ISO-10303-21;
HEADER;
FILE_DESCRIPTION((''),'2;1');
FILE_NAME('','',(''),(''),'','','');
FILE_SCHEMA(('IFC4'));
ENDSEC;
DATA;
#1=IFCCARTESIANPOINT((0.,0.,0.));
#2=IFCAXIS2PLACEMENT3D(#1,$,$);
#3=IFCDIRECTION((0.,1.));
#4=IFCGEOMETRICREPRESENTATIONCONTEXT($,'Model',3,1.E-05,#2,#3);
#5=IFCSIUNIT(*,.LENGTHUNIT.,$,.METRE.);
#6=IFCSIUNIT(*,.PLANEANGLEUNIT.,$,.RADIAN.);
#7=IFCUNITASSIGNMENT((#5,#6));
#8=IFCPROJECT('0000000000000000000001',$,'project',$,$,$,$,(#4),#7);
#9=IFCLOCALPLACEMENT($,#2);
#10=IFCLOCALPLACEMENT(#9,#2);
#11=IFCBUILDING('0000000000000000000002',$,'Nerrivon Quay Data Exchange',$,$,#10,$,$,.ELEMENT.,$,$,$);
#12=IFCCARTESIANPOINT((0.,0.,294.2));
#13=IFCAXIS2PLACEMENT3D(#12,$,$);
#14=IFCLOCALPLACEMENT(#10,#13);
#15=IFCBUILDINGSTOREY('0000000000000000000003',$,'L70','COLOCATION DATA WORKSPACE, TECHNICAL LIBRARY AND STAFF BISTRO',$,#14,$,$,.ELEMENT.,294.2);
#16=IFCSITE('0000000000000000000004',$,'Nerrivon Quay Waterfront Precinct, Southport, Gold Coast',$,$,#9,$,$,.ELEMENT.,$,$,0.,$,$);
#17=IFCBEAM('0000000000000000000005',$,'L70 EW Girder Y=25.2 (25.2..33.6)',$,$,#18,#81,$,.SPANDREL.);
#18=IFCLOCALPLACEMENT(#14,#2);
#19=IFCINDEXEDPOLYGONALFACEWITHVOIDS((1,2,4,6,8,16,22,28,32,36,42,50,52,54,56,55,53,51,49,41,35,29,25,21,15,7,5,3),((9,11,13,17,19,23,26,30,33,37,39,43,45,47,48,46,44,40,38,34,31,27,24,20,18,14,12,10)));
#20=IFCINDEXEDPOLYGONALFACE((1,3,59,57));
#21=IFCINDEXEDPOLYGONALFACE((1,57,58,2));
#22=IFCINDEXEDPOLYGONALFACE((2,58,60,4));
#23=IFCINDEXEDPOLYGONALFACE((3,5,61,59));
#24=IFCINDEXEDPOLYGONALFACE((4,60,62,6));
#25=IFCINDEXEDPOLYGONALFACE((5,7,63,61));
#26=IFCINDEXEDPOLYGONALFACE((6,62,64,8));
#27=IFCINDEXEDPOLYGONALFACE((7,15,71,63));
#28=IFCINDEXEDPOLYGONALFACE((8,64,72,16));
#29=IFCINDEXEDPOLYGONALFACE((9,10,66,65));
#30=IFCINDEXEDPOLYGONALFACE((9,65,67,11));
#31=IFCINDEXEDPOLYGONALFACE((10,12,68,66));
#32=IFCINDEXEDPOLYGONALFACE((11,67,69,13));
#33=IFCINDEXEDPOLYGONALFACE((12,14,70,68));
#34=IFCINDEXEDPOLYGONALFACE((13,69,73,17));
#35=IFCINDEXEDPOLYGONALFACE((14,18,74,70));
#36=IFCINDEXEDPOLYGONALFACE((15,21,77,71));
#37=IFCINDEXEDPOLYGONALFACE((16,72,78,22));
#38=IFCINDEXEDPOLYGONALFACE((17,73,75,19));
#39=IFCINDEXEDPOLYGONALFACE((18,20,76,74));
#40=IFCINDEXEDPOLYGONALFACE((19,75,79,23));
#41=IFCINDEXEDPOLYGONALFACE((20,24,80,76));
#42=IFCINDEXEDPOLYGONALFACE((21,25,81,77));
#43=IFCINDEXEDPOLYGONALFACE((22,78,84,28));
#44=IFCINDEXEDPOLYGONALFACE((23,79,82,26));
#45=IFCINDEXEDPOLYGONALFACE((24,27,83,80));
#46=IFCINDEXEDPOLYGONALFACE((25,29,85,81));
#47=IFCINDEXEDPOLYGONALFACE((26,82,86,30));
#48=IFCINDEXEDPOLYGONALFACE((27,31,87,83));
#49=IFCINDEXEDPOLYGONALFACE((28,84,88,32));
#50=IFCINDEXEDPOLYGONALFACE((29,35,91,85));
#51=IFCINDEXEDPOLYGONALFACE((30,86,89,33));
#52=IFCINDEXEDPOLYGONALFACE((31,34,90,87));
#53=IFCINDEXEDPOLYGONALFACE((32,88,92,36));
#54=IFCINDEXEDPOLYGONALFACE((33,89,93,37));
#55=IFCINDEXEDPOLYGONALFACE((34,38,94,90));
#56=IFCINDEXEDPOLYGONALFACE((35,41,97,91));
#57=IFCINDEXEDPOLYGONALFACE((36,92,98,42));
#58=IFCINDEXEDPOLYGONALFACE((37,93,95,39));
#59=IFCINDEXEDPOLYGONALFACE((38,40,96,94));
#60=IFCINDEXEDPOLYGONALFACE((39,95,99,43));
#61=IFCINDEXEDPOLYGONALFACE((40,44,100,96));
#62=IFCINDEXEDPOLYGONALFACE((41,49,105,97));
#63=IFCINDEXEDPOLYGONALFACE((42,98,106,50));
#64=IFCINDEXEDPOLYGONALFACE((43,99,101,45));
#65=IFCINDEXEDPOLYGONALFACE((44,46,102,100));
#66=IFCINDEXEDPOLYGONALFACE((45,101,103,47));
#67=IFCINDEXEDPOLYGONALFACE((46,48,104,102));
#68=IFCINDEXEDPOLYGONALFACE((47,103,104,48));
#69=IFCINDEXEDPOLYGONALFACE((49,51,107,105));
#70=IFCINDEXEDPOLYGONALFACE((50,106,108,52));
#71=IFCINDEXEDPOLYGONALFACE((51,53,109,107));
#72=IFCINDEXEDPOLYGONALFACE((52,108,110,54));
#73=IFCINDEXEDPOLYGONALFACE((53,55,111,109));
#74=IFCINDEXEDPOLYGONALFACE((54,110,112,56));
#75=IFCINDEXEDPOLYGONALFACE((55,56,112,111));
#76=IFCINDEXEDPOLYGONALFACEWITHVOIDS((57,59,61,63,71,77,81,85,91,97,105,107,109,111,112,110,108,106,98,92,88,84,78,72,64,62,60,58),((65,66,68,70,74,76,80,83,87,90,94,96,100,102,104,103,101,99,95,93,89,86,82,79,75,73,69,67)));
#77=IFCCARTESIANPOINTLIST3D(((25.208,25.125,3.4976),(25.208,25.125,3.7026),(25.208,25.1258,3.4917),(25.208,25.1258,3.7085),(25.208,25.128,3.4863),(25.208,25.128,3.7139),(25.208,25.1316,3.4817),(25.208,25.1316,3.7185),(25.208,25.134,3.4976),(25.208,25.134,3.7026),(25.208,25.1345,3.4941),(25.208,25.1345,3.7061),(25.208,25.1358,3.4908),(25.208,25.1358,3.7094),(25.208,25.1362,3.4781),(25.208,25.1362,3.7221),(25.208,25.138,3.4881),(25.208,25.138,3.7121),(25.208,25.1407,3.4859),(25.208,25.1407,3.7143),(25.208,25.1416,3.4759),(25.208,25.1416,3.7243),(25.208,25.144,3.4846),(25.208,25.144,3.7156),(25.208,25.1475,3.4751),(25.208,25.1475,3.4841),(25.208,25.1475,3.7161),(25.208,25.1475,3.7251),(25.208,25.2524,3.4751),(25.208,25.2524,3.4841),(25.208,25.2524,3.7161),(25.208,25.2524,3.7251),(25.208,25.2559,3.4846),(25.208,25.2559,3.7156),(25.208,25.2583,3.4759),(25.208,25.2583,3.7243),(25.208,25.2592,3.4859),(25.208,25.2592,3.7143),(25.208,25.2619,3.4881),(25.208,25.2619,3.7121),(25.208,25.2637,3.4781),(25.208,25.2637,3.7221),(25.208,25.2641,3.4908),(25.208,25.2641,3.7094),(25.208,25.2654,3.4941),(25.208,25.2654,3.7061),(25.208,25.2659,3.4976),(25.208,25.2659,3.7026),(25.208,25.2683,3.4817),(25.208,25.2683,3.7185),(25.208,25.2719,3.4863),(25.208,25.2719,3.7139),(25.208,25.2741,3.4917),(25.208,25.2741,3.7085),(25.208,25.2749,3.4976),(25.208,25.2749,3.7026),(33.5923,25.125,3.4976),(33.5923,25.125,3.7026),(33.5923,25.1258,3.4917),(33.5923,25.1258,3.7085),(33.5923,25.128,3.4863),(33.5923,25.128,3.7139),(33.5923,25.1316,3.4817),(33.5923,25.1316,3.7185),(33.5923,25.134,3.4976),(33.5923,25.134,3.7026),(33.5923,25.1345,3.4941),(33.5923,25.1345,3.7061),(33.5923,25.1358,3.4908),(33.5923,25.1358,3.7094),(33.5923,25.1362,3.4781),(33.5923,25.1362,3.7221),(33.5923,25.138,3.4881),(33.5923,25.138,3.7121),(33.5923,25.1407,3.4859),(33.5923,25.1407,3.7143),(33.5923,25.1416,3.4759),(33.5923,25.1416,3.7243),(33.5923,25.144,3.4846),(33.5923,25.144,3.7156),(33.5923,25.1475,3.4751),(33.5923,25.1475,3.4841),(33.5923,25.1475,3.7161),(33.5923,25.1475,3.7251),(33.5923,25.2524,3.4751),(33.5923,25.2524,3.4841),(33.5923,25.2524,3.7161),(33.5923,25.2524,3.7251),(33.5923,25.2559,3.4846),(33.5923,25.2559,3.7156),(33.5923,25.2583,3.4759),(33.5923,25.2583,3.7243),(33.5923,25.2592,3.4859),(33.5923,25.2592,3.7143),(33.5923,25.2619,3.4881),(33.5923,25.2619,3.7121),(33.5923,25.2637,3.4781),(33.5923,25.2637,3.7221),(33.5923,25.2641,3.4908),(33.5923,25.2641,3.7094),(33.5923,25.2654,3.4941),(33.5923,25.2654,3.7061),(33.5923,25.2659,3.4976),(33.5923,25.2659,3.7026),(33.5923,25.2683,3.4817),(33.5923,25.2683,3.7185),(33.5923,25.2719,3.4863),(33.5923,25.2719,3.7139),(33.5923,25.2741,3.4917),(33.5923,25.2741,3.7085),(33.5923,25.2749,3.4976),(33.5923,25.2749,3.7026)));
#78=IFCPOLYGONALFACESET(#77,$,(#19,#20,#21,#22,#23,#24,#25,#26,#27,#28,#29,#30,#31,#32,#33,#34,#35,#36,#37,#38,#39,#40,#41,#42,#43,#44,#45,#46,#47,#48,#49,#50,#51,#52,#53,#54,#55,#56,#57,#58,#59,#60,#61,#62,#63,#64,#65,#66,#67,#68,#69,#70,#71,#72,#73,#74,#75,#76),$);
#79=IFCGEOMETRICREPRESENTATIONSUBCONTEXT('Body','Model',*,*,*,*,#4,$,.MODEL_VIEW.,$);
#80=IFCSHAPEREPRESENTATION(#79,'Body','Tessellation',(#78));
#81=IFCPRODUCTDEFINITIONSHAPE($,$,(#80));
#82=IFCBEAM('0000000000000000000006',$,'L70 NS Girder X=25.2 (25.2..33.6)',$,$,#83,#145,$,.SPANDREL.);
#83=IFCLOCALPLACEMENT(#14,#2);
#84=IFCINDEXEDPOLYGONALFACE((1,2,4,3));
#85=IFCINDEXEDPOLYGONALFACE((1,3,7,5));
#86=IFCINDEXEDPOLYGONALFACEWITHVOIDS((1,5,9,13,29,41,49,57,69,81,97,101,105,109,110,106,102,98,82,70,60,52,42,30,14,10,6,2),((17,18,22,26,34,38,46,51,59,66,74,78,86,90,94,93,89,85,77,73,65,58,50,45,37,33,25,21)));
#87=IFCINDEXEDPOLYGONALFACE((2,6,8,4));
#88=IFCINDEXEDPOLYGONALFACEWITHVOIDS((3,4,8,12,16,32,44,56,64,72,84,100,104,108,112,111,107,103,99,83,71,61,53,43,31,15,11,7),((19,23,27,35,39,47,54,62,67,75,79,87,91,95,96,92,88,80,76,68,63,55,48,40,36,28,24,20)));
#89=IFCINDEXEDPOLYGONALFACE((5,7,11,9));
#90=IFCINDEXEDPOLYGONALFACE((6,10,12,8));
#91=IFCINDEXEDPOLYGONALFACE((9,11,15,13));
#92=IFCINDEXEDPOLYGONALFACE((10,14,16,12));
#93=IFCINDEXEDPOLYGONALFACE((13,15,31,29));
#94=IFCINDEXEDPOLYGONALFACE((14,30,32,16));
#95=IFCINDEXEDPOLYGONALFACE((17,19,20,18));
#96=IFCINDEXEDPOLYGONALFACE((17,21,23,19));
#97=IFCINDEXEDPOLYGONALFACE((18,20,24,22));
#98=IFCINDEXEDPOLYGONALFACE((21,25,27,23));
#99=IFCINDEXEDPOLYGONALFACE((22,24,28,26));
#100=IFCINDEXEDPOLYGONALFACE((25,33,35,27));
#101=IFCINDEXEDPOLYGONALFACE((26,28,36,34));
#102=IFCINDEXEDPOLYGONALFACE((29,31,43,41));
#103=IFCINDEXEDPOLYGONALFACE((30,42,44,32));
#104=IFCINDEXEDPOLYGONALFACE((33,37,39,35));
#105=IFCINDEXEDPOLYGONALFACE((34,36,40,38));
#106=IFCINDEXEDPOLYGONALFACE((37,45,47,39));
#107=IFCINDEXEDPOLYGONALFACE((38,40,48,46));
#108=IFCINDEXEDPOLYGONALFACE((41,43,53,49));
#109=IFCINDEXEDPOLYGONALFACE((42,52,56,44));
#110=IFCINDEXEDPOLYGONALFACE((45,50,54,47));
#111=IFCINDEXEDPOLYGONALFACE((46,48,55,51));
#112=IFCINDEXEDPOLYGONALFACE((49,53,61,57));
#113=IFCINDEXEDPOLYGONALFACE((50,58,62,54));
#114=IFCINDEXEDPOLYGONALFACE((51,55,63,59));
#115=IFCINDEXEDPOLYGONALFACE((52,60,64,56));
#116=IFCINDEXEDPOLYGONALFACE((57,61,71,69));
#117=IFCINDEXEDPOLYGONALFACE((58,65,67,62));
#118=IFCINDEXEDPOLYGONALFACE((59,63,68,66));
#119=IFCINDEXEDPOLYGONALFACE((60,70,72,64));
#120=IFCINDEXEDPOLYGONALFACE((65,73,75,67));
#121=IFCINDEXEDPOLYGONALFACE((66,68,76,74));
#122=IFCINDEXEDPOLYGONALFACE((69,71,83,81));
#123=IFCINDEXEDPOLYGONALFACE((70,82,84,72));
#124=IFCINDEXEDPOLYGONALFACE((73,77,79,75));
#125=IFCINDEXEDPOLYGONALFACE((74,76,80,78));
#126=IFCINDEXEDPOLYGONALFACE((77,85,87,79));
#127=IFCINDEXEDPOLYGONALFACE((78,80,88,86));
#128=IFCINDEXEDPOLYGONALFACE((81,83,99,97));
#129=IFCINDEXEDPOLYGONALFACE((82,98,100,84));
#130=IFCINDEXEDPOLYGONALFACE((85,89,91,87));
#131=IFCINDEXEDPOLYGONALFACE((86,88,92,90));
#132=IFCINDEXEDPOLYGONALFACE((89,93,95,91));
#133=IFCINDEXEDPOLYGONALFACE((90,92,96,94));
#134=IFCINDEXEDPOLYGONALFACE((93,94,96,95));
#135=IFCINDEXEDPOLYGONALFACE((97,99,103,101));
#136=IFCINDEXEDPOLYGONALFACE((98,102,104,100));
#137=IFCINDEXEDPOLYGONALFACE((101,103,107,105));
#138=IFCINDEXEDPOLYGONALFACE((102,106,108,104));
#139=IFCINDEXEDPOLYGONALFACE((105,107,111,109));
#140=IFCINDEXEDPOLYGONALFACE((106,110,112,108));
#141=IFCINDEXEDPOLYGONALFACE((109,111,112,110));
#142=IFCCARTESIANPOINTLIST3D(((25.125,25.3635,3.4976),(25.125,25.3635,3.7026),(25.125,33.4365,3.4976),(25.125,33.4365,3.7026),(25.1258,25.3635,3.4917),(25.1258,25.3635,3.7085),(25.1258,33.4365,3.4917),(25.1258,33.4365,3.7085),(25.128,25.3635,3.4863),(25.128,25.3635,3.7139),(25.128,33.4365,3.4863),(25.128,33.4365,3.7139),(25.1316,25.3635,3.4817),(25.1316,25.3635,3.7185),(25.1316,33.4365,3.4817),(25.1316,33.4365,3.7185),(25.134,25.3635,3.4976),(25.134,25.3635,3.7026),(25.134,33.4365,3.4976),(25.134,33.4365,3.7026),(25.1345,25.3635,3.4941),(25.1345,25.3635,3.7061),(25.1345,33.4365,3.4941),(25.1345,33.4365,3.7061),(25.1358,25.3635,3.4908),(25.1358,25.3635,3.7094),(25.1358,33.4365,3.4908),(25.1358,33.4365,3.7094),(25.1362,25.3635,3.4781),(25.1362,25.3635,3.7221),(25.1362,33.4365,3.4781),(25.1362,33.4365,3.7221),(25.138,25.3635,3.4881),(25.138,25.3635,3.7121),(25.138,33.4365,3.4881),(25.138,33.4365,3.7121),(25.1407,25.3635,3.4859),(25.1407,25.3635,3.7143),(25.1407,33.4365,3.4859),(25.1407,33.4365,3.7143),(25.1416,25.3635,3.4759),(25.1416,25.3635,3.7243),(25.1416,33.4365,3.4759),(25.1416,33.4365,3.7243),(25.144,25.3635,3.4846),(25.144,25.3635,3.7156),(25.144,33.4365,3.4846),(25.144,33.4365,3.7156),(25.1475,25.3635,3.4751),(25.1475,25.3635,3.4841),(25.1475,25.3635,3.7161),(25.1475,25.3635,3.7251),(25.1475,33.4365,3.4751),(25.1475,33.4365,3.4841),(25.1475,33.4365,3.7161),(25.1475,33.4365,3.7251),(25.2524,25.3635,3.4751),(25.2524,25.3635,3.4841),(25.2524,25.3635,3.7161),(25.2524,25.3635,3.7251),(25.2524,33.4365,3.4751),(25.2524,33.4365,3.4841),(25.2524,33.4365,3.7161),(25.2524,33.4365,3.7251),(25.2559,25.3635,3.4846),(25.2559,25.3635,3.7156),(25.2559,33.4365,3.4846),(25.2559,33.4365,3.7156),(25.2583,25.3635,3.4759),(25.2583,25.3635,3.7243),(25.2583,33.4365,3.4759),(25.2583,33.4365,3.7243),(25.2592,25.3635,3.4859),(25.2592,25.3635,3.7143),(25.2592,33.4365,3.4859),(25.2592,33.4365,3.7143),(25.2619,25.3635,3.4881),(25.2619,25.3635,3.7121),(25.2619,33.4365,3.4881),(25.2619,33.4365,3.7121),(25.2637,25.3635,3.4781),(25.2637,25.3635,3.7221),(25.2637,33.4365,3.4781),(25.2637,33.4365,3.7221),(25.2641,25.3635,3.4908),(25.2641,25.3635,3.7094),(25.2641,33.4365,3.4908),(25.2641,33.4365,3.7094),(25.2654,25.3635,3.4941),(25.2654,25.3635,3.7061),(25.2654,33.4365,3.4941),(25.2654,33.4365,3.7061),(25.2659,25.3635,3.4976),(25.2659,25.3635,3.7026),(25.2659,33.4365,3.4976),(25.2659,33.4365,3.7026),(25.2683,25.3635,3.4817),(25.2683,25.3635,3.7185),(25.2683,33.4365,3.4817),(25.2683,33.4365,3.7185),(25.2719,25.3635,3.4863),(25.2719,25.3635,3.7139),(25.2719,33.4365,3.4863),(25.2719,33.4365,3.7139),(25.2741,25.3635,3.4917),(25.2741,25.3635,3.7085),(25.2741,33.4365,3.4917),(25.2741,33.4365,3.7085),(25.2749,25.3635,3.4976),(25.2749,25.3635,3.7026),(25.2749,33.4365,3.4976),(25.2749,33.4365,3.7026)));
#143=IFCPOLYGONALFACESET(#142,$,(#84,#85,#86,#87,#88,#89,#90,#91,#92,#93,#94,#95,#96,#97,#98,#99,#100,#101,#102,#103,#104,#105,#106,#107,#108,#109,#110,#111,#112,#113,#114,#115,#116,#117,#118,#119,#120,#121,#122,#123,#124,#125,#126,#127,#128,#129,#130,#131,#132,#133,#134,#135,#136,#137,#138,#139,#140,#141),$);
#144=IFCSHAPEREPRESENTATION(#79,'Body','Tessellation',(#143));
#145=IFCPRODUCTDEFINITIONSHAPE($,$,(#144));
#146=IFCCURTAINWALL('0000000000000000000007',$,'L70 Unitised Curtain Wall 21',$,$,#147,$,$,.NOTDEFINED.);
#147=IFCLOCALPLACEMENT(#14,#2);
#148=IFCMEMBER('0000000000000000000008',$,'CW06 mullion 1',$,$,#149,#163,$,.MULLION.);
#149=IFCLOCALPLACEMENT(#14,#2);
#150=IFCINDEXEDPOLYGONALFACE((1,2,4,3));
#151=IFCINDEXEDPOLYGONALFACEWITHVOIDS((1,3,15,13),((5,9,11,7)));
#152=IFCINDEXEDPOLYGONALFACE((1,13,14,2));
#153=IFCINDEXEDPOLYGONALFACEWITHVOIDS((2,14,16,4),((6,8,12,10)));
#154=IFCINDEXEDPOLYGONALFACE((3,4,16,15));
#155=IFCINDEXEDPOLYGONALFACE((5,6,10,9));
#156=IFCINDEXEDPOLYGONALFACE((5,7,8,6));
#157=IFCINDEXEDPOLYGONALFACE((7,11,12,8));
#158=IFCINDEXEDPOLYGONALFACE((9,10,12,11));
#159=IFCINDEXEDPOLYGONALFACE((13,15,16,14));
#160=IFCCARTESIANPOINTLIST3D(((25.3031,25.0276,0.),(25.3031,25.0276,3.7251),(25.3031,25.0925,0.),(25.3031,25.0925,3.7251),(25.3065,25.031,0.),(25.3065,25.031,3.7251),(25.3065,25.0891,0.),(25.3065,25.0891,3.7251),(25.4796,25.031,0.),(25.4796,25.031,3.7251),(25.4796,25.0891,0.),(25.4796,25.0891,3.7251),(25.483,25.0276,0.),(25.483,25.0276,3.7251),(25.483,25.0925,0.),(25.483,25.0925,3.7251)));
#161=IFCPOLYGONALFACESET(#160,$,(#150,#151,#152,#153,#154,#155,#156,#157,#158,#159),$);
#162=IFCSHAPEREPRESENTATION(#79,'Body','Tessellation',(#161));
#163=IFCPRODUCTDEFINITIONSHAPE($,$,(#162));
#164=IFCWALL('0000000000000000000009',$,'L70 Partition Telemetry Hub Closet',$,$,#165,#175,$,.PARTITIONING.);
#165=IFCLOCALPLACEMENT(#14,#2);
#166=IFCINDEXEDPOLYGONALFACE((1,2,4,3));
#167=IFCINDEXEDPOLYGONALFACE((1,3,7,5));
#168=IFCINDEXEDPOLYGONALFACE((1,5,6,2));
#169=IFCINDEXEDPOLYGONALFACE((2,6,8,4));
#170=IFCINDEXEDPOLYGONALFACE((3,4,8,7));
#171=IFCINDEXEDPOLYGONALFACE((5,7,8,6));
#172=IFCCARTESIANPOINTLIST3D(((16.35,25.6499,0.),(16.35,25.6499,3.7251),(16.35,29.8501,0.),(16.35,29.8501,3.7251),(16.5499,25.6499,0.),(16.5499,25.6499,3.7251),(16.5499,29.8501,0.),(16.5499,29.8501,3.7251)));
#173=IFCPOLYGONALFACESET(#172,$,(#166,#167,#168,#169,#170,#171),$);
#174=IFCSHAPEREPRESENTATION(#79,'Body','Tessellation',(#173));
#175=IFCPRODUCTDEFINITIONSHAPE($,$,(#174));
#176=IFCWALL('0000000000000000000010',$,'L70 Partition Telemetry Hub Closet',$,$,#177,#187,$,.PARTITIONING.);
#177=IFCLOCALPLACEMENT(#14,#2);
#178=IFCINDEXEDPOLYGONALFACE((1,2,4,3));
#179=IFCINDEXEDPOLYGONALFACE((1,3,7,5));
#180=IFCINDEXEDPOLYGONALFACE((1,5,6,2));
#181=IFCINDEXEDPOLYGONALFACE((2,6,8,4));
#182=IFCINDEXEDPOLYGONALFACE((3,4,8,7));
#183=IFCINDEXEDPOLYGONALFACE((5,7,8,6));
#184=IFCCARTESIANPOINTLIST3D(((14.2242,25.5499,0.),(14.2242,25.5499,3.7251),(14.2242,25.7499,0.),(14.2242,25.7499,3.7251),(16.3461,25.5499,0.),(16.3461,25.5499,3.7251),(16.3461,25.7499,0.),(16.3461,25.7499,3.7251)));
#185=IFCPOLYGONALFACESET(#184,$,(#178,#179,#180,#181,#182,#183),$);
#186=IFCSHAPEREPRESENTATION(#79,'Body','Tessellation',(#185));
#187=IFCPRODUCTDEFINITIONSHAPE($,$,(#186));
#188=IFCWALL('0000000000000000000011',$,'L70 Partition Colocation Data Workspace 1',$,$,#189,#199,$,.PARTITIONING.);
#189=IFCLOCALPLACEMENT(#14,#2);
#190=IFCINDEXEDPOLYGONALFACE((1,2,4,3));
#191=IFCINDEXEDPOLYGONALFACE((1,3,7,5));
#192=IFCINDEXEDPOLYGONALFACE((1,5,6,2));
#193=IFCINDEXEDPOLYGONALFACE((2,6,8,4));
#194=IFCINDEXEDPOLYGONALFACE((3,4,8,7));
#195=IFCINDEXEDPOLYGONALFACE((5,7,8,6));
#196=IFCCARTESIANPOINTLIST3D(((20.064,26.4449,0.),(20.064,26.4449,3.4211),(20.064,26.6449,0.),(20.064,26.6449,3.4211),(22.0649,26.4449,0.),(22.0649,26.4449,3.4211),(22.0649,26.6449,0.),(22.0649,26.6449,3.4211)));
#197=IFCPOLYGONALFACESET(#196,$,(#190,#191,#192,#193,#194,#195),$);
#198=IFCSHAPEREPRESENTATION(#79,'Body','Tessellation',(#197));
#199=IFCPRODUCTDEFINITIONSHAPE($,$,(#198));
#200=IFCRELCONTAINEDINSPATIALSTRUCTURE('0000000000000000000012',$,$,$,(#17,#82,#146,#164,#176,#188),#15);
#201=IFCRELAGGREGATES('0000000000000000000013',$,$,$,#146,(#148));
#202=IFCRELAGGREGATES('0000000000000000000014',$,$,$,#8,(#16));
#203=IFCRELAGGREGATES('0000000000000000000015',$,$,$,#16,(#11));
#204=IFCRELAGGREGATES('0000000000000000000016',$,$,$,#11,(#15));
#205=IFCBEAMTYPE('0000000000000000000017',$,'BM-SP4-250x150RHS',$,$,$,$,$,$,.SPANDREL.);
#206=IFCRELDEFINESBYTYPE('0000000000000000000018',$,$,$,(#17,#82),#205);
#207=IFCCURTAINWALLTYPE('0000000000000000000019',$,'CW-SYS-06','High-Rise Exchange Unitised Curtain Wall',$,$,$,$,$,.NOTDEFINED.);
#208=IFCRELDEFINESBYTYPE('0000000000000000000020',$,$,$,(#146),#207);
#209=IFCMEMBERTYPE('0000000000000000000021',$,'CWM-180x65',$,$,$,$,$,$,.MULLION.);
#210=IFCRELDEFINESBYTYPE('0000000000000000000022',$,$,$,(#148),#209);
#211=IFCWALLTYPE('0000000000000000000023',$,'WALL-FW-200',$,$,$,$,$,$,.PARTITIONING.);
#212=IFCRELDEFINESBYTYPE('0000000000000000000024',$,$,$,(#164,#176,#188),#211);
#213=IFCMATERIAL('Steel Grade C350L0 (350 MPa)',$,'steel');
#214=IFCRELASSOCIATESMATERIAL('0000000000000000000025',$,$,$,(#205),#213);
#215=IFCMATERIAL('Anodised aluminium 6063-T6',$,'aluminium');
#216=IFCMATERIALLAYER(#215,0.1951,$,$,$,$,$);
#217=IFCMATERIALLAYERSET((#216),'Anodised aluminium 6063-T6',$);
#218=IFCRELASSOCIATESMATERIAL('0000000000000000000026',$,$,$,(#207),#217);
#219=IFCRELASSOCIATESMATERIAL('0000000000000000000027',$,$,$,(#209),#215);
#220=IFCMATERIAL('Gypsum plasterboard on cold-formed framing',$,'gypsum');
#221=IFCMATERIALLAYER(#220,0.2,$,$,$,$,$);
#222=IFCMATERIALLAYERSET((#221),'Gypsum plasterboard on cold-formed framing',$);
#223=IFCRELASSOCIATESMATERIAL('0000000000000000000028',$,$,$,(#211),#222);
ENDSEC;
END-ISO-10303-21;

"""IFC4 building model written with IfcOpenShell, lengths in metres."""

from ifc_helpers import new_model, si_unit, direction, frame, frame_2d, origin, origin_2d, place, context, subcontext, project, spatial, rectangle, hollow_rectangle, extrude, material, layer, layer_set, material_profile, profile_set, type_object, element, aggregate, save


model = new_model("IFC4")

# Units and contexts
model_context = context("Model", 3, precision=1e-05, world=origin(), true_north=direction((0.0, 1.0)))
body_context = subcontext(model_context, "Body", "Model", "MODEL_VIEW")
ifc_project = project(units=[si_unit("LENGTHUNIT", "METRE"), si_unit("PLANEANGLEUNIT", "RADIAN")], contexts=[model_context])

# Site, building, storey
site_placement = place(None, origin())
site = spatial("IfcSite", under=ifc_project, at=site_placement, Name="Nerrivon Quay Waterfront Precinct, Southport, Gold Coast", CompositionType="ELEMENT", RefElevation=0.0)
building_placement = place(site_placement, origin())
building = spatial("IfcBuilding", under=site, at=building_placement, Name="Nerrivon Quay Data Exchange", CompositionType="ELEMENT")
storey_placement = place(building_placement, frame((0.0, 0.0, 294.2)))
storey = spatial("IfcBuildingStorey", under=building, at=storey_placement, Name="L70", Description="COLOCATION DATA WORKSPACE, TECHNICAL LIBRARY AND STAFF BISTRO", CompositionType="ELEMENT", Elevation=294.2)

# Beams
ifc_material_1 = material(Name="Steel Grade C350L0 (350 MPa)", Category="steel")
ifc_material_profile_1 = material_profile(ifc_material_1, hollow_rectangle(XDim=0.1499, YDim=0.25, WallThickness=0.009, InnerFilletRadius=0.0134, OuterFilletRadius=0.0225, at=origin_2d()), Name="250x150x9.0RHS")
ifc_profile_set_1 = profile_set([ifc_material_profile_1], Name="Steel Grade C350L0 (350 MPa)")
beam_type_1 = type_object("IfcBeamType", Name="BM-SP4-250x150RHS", PredefinedType="SPANDREL", material=ifc_profile_set_1)
beam_1_placement = place(storey_placement, frame((25.208, 25.2, 3.6001), z_axis=(1.0, 0.0, 0.0), x_axis=(0.0, 1.0, 0.0)))
element("IfcBeam", 1, at=beam_1_placement, inside=storey, type_object=beam_type_1, Name="L70 EW Girder Y=25.2 (25.2..33.6)", PredefinedType="SPANDREL", context=body_context, shape_type="SweptSolid", body=[
    extrude(hollow_rectangle(XDim=0.1499, YDim=0.25, WallThickness=0.009, InnerFilletRadius=0.0134, OuterFilletRadius=0.0225, at=origin_2d()), origin(), (0.0, 0.0, 1.0), 8.3843),
])
beam_2_placement = place(storey_placement, frame((25.2, 25.3635, 3.6001), z_axis=(0.0, 1.0, 0.0), x_axis=(-1.0, 0.0, 0.0)))
element("IfcBeam", 2, at=beam_2_placement, inside=storey, type_object=beam_type_1, Name="L70 NS Girder X=25.2 (25.2..33.6)", PredefinedType="SPANDREL", context=body_context, shape_type="SweptSolid", body=[
    extrude(hollow_rectangle(XDim=0.1499, YDim=0.25, WallThickness=0.009, InnerFilletRadius=0.0134, OuterFilletRadius=0.0225, at=origin_2d()), origin(), (0.0, 0.0, 1.0), 8.073),
])

# Curtain wall, member
ifc_material_2 = material(Name="Anodised aluminium 6063-T6", Category="aluminium")
ifc_layer_1 = layer(ifc_material_2, 0.1951)
ifc_layer_set_1 = layer_set([ifc_layer_1], Name="Anodised aluminium 6063-T6")
curtain_wall_type = type_object("IfcCurtainWallType", Name="CW-SYS-06", Description="High-Rise Exchange Unitised Curtain Wall", PredefinedType="NOTDEFINED", material=ifc_layer_set_1)
curtain_wall_placement = place(storey_placement, origin())
curtain_wall = element("IfcCurtainWall", 3, at=curtain_wall_placement, inside=storey, type_object=curtain_wall_type, Name="L70 Unitised Curtain Wall 21", PredefinedType="NOTDEFINED")
ifc_material_profile_2 = material_profile(ifc_material_2, hollow_rectangle(XDim=0.0649, YDim=0.1799, WallThickness=0.0034, at=origin_2d()), Name="ALU-MULL-180x65")
ifc_profile_set_2 = profile_set([ifc_material_profile_2], Name="Anodised aluminium 6063-T6")
member_type = type_object("IfcMemberType", Name="CWM-180x65", PredefinedType="MULLION", material=ifc_profile_set_2)
member_placement = place(storey_placement, frame((25.3931, 25.0601, 0.0), z_axis=(0.0, 0.0, 1.0), x_axis=(0.0, 1.0, 0.0)))
member = element("IfcMember", 4, at=member_placement, type_object=member_type, Name="CW06 mullion 1", PredefinedType="MULLION", context=body_context, shape_type="SweptSolid", body=[
    extrude(hollow_rectangle(XDim=0.0649, YDim=0.1799, WallThickness=0.0034, at=origin_2d()), origin(), (0.0, 0.0, 1.0), 3.7251),
])
aggregate(curtain_wall, [member])

# Walls
ifc_material_3 = material(Name="Gypsum plasterboard on cold-formed framing", Category="gypsum")
ifc_layer_2 = layer(ifc_material_3, 0.2)
ifc_layer_set_2 = layer_set([ifc_layer_2], Name="Gypsum plasterboard on cold-formed framing")
wall_type_1 = type_object("IfcWallType", Name="WALL-FW-200", PredefinedType="PARTITIONING", material=ifc_layer_set_2)
wall_1_placement = place(storey_placement, frame((16.45, 25.6499, 0.0), z_axis=(0.0, 0.0, 1.0), x_axis=(0.0, 1.0, 0.0)))
element("IfcWall", 5, at=wall_1_placement, inside=storey, type_object=wall_type_1, Name="L70 Partition Telemetry Hub Closet", PredefinedType="PARTITIONING", context=body_context, shape_type="SweptSolid", body=[
    extrude(rectangle(XDim=4.2002, YDim=0.2, at=frame_2d((2.1001, 0.0))), origin(), (0.0, 0.0, 1.0), 3.7251),
])
wall_2_placement = place(storey_placement, frame((14.2241, 25.6499, 0.0), z_axis=(0.0, 0.0, 1.0), x_axis=(1.0, 0.0, 0.0)))
element("IfcWall", 6, at=wall_2_placement, inside=storey, type_object=wall_type_1, Name="L70 Partition Telemetry Hub Closet", PredefinedType="PARTITIONING", context=body_context, shape_type="SweptSolid", body=[
    extrude(rectangle(XDim=2.1218, YDim=0.2, at=frame_2d((1.061, 0.0))), origin(), (0.0, 0.0, 1.0), 3.7251),
])
wall_3_placement = place(storey_placement, frame((20.064, 26.5449, 0.0), z_axis=(0.0, 0.0, 1.0), x_axis=(1.0, 0.0, 0.0)))
element("IfcWall", 7, at=wall_3_placement, inside=storey, type_object=wall_type_1, Name="L70 Partition Colocation Data Workspace 1", PredefinedType="PARTITIONING", context=body_context, shape_type="SweptSolid", body=[
    extrude(rectangle(XDim=2.001, YDim=0.2, at=frame_2d((1.0005, 0.0))), origin(), (0.0, 0.0, 1.0), 3.4211),
])

save(model, "model.ifc")
